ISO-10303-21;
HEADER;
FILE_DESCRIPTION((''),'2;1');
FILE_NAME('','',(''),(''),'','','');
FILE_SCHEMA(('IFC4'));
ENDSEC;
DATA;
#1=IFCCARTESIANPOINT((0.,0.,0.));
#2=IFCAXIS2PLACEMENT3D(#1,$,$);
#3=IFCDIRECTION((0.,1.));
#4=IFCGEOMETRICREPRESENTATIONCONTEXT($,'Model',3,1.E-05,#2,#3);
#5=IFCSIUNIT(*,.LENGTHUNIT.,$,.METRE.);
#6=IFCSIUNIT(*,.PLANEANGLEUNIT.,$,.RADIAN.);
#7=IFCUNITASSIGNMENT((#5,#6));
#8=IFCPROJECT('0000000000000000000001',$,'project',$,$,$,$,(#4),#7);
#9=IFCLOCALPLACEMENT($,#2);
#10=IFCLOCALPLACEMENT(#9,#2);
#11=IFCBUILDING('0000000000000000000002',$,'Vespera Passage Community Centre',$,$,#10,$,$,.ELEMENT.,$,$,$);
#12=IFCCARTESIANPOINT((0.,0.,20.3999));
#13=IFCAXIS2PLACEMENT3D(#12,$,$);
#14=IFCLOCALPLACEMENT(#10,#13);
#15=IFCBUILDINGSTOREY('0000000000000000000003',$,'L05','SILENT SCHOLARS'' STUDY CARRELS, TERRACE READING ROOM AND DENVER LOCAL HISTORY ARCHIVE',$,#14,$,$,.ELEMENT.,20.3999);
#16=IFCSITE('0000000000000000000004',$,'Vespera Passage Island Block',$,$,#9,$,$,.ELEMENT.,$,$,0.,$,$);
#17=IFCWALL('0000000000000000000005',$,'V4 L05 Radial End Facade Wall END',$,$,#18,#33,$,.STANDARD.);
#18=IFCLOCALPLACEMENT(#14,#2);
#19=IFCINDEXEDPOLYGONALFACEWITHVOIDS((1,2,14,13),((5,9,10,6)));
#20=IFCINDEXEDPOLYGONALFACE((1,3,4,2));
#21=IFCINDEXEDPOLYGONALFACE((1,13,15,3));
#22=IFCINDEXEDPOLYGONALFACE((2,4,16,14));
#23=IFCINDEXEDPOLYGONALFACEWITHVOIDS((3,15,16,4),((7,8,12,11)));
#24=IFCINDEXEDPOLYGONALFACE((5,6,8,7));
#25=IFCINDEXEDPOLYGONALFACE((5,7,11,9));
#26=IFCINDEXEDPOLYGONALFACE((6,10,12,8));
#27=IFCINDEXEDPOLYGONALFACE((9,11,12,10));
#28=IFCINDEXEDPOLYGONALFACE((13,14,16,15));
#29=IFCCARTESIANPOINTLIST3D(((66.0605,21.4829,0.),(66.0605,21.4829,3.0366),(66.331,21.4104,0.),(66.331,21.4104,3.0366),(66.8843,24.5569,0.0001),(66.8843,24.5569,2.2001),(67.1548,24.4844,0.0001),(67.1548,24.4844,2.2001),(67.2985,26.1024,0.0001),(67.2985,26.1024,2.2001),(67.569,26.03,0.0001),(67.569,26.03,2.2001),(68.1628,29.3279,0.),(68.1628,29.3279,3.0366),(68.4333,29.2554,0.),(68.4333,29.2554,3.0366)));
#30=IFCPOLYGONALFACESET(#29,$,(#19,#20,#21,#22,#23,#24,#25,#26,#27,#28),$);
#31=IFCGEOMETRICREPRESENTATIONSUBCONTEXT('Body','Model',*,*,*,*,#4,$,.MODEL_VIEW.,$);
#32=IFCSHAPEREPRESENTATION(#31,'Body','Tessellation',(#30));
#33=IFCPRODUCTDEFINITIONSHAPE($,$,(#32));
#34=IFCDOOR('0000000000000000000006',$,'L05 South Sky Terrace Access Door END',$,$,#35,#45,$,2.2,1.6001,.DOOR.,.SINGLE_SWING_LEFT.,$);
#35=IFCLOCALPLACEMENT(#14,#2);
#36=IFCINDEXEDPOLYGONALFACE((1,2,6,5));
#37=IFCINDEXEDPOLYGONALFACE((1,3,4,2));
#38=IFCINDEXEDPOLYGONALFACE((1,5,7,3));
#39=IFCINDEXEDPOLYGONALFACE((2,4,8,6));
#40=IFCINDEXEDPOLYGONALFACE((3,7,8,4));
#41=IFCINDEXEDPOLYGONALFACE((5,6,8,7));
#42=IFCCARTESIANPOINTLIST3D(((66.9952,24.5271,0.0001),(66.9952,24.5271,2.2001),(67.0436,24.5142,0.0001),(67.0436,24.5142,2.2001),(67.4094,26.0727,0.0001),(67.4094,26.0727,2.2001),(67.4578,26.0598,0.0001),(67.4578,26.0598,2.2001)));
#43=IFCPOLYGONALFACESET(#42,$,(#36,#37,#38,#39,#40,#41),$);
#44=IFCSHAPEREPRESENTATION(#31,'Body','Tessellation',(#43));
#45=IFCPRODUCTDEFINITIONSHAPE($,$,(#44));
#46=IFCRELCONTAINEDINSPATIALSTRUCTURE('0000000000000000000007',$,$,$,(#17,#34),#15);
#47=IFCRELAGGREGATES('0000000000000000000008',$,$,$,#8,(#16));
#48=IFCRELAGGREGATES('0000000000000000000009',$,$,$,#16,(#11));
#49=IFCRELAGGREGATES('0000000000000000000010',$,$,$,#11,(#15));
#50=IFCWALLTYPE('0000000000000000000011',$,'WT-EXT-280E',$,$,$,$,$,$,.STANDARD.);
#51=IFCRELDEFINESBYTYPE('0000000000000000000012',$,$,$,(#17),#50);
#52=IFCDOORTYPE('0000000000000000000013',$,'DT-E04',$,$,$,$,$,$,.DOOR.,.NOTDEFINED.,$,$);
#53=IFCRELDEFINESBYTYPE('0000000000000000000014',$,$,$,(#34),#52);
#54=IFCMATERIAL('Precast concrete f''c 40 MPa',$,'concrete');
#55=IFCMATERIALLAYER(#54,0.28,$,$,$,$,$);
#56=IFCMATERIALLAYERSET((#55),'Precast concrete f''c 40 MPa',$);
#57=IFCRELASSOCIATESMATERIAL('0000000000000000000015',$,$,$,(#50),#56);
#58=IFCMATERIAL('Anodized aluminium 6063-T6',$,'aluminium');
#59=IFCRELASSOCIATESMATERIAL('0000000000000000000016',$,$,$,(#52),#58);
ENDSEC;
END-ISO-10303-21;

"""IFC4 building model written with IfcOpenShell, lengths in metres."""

from ifc_helpers import new_model, si_unit, direction, frame, frame_2d, origin, place, context, subcontext, project, spatial, rectangle, extrude, material, layer, layer_set, type_object, element, fill, save


model = new_model("IFC4")

# Units and contexts
model_context = context("Model", 3, precision=1e-05, world=origin(), true_north=direction((0.0, 1.0)))
body_context = subcontext(model_context, "Body", "Model", "MODEL_VIEW")
ifc_project = project(units=[si_unit("LENGTHUNIT", "METRE"), si_unit("PLANEANGLEUNIT", "RADIAN")], contexts=[model_context])

# Site, building, storey
site_placement = place(None, origin())
site = spatial("IfcSite", under=ifc_project, at=site_placement, Name="Vespera Passage Island Block", CompositionType="ELEMENT", RefElevation=0.0)
building_placement = place(site_placement, origin())
building = spatial("IfcBuilding", under=site, at=building_placement, Name="Vespera Passage Community Centre", CompositionType="ELEMENT")
storey_placement = place(building_placement, frame((0.0, 0.0, 20.3999)))
storey = spatial("IfcBuildingStorey", under=building, at=storey_placement, Name="L05", Description="SILENT SCHOLARS' STUDY CARRELS, TERRACE READING ROOM AND DENVER LOCAL HISTORY ARCHIVE", CompositionType="ELEMENT", Elevation=20.3999)

# Shared definitions
ifc_material_1 = material(Name="Precast concrete f'c 40 MPa", Category="concrete")
ifc_layer_1 = layer(ifc_material_1, 0.28)
ifc_layer_set_1 = layer_set([ifc_layer_1], Name="Precast concrete f'c 40 MPa")
wall_type = type_object("IfcWallType", Name="WT-EXT-280E", PredefinedType="STANDARD", material=ifc_layer_set_1)

# Wall, opening, door
wall_1_placement = place(storey_placement, frame((68.2981, 29.2917, 0.0), z_axis=(0.0, 0.0, 1.0), x_axis=(-0.258847, -0.965918, 0.0)))
wall_1 = element("IfcWall", 1, at=wall_1_placement, inside=storey, type_object=wall_type, Name="V4 L05 Radial End Facade Wall END", PredefinedType="STANDARD", context=body_context, shape_type="SweptSolid", body=[
    extrude(rectangle(XDim=8.1218, YDim=0.28, at=frame_2d((4.061, 0.0))), origin(), (0.0, 0.0, 1.0), 3.0366),
])
opening_placement = place(wall_1_placement, frame((3.3394, 0.0, 0.0)))
opening = element("IfcOpeningElement", 2, at=opening_placement, cuts=wall_1, PredefinedType="OPENING", context=body_context, shape_type="SweptSolid", body=[
    extrude(rectangle(XDim=1.6001, YDim=2.2, at=frame_2d((0.8, 1.1001))), frame((0.0, 0.1501, 0.0), z_axis=(0.0, -1.0, 0.0), x_axis=(1.0, 0.0, 0.0)), (0.0, 0.0, 1.0), 0.3),
])
ifc_material_2 = material(Name="Anodized aluminium 6063-T6", Category="aluminium")
door_type = type_object("IfcDoorType", Name="DT-E04", OperationType="NOTDEFINED", PredefinedType="DOOR", material=ifc_material_2)
door_placement = place(opening_placement, origin())
door = element("IfcDoor", 3, at=door_placement, inside=storey, type_object=door_type, Name="L05 South Sky Terrace Access Door END", OperationType="SINGLE_SWING_LEFT", OverallHeight=2.2, OverallWidth=1.6001, PredefinedType="DOOR", context=body_context, shape_type="SweptSolid", body=[
    extrude(rectangle(XDim=1.6001, YDim=2.2, at=frame_2d((0.8, 1.1001))), frame((0.0, 0.0249, 0.0), z_axis=(0.0, -1.0, 0.0), x_axis=(1.0, 0.0, 0.0)), (0.0, 0.0, 1.0), 0.05),
])
fill(opening, door)

save(model, "model.ifc")
